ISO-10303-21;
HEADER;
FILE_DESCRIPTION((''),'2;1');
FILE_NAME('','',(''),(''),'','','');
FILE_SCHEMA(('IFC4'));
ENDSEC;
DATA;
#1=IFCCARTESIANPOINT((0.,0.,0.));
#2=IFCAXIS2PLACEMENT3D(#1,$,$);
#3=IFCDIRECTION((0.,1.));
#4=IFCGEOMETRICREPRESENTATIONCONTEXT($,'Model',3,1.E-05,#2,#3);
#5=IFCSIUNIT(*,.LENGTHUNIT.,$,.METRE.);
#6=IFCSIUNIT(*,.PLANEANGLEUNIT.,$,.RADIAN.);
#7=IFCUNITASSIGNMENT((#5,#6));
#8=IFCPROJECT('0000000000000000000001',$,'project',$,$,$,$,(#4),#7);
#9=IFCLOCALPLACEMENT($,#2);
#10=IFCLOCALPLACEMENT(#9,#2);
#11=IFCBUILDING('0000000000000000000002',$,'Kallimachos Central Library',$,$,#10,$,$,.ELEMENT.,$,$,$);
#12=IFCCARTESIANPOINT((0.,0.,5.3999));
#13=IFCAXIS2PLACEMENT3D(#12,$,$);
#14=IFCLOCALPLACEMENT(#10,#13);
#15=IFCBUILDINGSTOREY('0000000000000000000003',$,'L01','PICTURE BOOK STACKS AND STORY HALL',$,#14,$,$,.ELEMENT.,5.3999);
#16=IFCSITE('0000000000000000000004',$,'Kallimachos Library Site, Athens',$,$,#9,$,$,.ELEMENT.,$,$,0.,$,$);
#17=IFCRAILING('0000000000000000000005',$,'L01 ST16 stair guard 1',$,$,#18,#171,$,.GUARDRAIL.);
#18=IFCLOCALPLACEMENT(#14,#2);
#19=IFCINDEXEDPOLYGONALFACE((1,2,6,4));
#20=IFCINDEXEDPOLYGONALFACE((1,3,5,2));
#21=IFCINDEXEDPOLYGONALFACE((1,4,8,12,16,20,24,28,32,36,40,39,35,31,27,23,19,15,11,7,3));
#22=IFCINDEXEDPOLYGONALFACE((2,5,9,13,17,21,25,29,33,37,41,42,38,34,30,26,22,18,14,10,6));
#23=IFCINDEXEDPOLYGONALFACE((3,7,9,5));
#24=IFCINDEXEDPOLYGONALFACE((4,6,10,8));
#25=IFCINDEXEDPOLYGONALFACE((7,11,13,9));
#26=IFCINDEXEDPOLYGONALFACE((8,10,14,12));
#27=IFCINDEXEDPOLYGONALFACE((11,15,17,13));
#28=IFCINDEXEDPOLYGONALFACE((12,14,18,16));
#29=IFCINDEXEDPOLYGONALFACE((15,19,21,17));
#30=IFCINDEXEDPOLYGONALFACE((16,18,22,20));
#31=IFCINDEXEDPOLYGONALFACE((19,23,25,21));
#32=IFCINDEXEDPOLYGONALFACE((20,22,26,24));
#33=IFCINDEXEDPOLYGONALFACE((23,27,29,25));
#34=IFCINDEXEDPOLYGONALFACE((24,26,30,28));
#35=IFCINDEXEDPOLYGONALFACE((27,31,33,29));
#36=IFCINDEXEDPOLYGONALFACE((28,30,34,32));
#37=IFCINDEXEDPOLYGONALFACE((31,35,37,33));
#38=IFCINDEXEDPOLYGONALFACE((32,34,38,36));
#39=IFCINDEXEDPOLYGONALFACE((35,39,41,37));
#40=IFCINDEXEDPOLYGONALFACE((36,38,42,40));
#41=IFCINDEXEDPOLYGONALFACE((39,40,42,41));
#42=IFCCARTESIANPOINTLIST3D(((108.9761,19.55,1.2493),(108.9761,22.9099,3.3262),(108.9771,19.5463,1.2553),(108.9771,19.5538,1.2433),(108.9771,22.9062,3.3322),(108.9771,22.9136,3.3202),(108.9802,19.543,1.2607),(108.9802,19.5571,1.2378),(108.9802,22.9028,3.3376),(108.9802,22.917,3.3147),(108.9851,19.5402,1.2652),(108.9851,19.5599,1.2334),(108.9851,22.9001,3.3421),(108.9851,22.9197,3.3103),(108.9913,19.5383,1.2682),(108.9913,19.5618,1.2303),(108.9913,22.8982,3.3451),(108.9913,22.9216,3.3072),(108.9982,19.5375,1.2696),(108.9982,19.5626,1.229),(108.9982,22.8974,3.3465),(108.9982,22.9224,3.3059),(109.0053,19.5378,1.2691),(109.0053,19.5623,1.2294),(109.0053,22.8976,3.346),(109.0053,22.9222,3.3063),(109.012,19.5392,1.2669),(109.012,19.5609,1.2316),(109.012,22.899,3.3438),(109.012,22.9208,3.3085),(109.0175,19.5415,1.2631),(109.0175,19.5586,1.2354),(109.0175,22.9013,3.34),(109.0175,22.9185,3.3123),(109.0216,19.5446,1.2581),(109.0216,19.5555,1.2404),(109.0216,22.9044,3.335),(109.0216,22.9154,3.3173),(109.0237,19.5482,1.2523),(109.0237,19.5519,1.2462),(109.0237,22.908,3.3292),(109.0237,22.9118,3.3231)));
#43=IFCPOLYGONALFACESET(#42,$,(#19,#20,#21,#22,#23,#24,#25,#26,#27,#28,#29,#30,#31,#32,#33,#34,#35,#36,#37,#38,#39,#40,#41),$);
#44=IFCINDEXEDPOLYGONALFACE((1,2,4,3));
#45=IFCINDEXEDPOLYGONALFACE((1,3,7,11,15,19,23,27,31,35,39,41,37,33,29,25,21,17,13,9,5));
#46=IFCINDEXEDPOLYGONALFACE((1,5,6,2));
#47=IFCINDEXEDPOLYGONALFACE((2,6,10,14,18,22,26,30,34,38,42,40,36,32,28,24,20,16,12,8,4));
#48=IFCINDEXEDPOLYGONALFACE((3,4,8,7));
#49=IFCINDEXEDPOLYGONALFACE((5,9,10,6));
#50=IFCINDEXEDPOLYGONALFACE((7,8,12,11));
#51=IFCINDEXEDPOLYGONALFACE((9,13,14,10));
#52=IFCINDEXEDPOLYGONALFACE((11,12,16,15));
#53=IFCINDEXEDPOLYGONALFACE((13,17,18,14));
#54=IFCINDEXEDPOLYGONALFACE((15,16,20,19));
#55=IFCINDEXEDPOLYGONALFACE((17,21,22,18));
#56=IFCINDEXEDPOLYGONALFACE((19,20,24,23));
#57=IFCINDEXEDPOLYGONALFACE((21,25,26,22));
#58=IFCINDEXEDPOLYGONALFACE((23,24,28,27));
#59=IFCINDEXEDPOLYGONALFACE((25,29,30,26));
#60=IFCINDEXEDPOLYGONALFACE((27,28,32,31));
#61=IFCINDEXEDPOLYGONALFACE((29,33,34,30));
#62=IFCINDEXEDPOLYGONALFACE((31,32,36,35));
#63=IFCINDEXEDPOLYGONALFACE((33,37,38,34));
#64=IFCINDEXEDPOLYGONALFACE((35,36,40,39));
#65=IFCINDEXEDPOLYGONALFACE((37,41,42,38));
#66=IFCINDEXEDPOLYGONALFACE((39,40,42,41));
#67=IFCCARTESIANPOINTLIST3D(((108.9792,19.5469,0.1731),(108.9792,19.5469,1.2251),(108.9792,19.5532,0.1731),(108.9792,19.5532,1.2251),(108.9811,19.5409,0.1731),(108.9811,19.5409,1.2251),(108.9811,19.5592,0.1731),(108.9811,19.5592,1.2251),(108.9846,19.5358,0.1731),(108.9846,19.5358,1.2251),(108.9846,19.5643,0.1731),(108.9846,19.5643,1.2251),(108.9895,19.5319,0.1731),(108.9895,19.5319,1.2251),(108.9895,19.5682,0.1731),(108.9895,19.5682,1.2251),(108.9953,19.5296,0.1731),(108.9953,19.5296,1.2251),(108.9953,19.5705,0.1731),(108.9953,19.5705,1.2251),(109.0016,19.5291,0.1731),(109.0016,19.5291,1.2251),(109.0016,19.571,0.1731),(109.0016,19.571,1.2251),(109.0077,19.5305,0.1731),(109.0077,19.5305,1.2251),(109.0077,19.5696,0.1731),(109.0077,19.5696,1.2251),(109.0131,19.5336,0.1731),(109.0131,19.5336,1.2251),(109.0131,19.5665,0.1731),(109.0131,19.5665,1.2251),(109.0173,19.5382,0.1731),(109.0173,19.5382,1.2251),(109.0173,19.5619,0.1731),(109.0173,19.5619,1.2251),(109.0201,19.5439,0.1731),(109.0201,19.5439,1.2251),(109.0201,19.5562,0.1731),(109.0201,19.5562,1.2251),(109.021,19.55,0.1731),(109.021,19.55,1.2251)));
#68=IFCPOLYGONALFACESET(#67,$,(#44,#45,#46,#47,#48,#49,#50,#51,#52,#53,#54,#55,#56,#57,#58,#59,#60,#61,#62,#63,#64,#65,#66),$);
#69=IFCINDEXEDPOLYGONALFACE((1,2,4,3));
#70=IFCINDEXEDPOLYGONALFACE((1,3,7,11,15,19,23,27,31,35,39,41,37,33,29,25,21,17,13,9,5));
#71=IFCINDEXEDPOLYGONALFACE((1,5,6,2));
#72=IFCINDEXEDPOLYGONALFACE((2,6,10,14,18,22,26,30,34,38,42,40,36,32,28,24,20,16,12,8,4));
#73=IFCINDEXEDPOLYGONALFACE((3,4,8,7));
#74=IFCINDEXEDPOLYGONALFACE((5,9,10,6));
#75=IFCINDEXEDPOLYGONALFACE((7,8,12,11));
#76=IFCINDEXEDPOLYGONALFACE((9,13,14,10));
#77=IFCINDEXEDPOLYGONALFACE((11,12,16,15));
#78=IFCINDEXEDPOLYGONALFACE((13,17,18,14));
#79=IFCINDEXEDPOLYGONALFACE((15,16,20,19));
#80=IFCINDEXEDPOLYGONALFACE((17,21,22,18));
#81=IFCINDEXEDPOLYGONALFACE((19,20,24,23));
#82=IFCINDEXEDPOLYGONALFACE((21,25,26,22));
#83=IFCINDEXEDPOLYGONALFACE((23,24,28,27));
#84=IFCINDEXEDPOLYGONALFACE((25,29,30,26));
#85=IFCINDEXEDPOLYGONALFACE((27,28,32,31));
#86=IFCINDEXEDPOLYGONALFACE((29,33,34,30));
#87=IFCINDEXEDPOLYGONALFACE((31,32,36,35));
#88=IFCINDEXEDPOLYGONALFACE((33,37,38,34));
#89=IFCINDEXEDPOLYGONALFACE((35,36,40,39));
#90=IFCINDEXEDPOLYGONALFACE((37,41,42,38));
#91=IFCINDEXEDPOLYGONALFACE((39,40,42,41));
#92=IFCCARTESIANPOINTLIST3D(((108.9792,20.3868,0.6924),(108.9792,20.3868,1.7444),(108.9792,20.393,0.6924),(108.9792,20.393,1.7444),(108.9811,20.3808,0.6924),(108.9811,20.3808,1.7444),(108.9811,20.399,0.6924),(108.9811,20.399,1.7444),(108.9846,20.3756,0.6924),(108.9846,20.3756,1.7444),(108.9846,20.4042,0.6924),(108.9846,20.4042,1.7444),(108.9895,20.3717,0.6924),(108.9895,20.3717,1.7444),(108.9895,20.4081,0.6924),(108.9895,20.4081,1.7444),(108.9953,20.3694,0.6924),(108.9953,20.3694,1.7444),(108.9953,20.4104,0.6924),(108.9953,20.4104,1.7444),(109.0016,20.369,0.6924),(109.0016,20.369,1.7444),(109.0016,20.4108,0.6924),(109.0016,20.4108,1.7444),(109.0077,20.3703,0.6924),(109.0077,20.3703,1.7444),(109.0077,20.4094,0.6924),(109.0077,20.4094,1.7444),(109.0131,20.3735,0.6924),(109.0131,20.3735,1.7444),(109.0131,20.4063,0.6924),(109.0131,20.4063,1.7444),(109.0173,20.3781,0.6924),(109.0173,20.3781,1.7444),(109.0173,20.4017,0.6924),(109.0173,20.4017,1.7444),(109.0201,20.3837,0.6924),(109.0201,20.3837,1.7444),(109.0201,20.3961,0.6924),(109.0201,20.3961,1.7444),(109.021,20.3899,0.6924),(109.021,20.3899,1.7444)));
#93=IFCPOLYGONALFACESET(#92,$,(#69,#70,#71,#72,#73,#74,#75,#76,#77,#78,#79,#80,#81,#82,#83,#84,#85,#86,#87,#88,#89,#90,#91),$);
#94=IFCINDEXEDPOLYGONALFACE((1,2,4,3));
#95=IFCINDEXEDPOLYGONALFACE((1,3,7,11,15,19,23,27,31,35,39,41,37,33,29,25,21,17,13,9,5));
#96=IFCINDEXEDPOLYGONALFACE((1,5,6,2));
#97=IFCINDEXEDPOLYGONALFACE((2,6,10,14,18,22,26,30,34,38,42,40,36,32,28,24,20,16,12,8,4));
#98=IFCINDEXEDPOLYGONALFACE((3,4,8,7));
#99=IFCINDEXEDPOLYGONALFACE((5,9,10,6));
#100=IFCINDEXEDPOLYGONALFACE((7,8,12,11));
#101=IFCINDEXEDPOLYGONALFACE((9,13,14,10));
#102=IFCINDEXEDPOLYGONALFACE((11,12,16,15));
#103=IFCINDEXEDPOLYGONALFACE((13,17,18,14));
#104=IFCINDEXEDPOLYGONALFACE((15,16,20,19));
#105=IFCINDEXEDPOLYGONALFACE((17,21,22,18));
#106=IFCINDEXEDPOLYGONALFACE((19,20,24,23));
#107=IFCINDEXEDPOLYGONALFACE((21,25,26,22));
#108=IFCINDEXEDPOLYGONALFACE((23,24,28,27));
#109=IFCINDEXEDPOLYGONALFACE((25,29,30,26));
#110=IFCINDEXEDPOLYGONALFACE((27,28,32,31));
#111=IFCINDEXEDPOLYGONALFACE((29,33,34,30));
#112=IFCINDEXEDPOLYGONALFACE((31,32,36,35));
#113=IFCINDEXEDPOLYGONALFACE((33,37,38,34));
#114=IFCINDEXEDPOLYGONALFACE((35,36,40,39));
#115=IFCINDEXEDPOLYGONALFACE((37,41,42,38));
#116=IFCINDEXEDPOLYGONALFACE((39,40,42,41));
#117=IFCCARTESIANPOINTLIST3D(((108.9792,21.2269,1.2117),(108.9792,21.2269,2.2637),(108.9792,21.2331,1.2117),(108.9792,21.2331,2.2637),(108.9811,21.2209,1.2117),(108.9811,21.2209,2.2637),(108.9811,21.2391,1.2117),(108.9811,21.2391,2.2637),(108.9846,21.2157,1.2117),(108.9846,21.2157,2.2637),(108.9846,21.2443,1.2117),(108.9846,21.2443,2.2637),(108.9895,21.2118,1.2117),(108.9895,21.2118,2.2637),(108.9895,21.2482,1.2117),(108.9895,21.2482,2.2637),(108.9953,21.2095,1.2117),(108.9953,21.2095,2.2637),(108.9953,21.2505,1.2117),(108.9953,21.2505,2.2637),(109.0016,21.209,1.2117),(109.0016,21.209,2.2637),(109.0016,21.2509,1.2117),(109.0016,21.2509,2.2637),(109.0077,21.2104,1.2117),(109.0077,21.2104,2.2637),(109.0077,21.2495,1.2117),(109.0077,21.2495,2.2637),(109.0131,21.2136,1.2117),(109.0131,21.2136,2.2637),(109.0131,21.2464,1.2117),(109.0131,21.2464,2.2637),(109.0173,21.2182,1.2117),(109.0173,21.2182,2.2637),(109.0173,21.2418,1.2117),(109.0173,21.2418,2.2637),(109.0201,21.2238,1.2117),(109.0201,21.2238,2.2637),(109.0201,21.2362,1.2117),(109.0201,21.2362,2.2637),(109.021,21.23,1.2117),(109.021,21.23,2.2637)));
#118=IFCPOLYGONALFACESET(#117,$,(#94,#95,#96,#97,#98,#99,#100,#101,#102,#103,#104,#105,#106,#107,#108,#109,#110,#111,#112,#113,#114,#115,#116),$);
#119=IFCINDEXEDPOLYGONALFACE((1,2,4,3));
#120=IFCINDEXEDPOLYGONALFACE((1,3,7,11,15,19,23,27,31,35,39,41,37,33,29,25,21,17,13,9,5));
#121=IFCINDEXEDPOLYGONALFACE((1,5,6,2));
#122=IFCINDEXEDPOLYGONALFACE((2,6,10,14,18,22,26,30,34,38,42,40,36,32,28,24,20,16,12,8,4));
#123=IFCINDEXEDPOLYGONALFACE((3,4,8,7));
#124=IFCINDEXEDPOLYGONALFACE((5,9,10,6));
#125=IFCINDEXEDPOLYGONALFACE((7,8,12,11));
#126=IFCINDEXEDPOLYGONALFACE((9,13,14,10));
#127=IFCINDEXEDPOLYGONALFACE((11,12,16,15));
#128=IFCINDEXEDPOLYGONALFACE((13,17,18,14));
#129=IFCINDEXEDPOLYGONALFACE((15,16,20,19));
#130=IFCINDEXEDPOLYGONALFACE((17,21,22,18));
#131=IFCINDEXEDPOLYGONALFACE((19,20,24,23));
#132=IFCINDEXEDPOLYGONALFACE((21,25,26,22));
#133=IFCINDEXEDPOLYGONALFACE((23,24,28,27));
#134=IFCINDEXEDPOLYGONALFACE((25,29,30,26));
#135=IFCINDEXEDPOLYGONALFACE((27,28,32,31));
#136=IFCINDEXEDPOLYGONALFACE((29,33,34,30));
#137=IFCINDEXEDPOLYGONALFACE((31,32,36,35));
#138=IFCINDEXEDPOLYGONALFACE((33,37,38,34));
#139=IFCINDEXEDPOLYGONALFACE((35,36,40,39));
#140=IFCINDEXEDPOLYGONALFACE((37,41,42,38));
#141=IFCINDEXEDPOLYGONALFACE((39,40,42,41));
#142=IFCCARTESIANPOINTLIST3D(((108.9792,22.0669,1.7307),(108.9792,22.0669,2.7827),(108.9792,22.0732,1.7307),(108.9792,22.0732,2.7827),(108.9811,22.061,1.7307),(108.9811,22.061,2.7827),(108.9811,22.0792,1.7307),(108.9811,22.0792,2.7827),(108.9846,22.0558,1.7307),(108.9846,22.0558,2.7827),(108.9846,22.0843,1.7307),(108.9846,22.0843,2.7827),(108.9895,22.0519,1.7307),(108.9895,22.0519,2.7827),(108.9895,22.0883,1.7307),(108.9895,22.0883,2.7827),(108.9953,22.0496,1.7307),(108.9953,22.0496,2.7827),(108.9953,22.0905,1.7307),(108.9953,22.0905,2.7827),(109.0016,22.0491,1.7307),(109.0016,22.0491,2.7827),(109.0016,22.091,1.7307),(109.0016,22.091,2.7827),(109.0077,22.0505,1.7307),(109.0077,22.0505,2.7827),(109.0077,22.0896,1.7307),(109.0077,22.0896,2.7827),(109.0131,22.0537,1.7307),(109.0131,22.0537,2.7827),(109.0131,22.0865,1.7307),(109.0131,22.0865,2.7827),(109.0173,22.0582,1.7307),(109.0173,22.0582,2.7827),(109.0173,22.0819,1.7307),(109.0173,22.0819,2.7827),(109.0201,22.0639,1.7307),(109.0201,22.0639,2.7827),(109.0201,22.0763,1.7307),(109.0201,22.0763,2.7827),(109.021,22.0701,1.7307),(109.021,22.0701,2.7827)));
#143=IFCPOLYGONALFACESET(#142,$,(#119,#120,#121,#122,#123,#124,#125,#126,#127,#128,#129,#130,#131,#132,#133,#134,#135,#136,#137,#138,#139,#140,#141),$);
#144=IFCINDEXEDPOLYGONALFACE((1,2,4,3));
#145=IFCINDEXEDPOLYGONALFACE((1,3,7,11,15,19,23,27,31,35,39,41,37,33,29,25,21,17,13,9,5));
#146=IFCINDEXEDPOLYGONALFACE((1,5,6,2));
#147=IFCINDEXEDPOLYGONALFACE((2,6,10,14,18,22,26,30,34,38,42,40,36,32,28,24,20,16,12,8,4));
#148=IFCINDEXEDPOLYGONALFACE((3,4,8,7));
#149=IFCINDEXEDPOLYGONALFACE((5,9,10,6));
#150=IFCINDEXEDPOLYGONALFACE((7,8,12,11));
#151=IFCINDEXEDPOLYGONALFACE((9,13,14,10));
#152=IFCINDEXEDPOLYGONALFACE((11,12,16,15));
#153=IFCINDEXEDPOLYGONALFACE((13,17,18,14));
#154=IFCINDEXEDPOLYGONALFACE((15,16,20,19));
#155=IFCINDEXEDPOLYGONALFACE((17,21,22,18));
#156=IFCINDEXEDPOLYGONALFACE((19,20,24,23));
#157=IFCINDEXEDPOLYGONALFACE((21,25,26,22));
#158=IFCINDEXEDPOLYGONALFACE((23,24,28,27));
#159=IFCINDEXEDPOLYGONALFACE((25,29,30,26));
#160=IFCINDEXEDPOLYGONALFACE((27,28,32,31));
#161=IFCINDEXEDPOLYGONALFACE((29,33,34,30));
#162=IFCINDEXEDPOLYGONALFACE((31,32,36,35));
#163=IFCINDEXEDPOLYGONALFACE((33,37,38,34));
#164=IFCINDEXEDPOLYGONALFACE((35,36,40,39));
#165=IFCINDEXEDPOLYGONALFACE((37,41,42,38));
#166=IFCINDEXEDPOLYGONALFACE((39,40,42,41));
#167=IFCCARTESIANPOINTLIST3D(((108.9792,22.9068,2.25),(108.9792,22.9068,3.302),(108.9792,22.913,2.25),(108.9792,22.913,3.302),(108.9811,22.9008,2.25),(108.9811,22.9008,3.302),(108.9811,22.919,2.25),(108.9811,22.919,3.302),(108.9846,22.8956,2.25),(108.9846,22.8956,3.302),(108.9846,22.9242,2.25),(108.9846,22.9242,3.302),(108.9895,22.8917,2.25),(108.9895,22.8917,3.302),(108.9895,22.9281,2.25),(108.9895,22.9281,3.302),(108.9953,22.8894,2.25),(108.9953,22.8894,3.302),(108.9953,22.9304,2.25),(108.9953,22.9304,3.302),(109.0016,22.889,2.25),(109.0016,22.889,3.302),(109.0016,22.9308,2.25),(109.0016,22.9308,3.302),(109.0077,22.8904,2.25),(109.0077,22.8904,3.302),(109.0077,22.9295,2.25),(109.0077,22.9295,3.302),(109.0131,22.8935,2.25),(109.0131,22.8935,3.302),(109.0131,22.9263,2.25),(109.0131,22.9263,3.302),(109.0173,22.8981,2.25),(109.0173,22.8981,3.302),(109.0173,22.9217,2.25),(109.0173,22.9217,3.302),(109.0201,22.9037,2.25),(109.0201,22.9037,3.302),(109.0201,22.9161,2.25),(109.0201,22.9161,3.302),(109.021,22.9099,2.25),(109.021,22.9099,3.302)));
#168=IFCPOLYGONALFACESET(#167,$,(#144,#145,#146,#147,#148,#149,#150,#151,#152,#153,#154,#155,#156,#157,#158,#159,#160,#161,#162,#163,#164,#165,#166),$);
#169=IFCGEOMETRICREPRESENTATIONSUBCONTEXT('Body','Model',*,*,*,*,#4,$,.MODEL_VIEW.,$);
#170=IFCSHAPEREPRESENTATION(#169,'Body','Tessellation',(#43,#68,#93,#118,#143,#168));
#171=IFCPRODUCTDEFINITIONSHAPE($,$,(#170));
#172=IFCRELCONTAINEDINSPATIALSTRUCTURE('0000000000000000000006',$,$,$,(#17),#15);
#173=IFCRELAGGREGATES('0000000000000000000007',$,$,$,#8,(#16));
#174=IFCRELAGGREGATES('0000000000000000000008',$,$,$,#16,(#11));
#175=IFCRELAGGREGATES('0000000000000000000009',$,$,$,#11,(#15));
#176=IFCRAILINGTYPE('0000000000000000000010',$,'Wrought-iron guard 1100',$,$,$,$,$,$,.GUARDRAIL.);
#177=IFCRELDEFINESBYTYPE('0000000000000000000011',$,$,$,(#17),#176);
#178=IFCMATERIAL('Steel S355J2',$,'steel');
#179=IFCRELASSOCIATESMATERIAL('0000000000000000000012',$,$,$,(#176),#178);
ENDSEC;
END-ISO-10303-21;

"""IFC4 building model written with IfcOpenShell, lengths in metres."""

from ifc_helpers import new_model, si_unit, direction, frame, origin, origin_2d, place, context, subcontext, project, spatial, circle, extrude, material, type_object, element, save


model = new_model("IFC4")

# Units and contexts
model_context = context("Model", 3, precision=1e-05, world=origin(), true_north=direction((0.0, 1.0)))
body_context = subcontext(model_context, "Body", "Model", "MODEL_VIEW")
ifc_project = project(units=[si_unit("LENGTHUNIT", "METRE"), si_unit("PLANEANGLEUNIT", "RADIAN")], contexts=[model_context])

# Site, building, storey
site_placement = place(None, origin())
site = spatial("IfcSite", under=ifc_project, at=site_placement, Name="Kallimachos Library Site, Athens", CompositionType="ELEMENT", RefElevation=0.0)
building_placement = place(site_placement, origin())
building = spatial("IfcBuilding", under=site, at=building_placement, Name="Kallimachos Central Library", CompositionType="ELEMENT")
storey_placement = place(building_placement, frame((0.0, 0.0, 5.3999)))
storey = spatial("IfcBuildingStorey", under=building, at=storey_placement, Name="L01", Description="PICTURE BOOK STACKS AND STORY HALL", CompositionType="ELEMENT", Elevation=5.3999)

# Railing
ifc_material_1 = material(Name="Steel S355J2", Category="steel")
railing_type_1 = type_object("IfcRailingType", Name="Wrought-iron guard 1100", PredefinedType="GUARDRAIL", material=ifc_material_1)
railing_1_placement = place(storey_placement, frame((109.0, 19.55, 0.1731)))
element("IfcRailing", 1, at=railing_1_placement, inside=storey, type_object=railing_type_1, Name="L01 ST16 stair guard 1", PredefinedType="GUARDRAIL", context=body_context, shape_type="SweptSolid", body=[
    extrude(circle(Radius=0.0239, at=origin_2d()), frame((0.0, 0.0, 1.0762), z_axis=(0.0, 0.850606, 0.525803), x_axis=(-1.0, 0.0, 0.0)), (0.0, 0.0, 1.0), 3.95),
    extrude(circle(Radius=0.021, at=origin_2d()), origin(), (0.0, 0.0, 1.0), 1.052),
    extrude(circle(Radius=0.021, at=origin_2d()), frame((0.0, 0.8398, 0.5193)), (0.0, 0.0, 1.0), 1.052),
    extrude(circle(Radius=0.021, at=origin_2d()), frame((0.0, 1.6799, 1.0386)), (0.0, 0.0, 1.0), 1.052),
    extrude(circle(Radius=0.021, at=origin_2d()), frame((0.0, 2.52, 1.5576)), (0.0, 0.0, 1.0), 1.052),
    extrude(circle(Radius=0.021, at=origin_2d()), frame((0.0, 3.3599, 2.0769)), (0.0, 0.0, 1.0), 1.052),
])

save(model, "model.ifc")
